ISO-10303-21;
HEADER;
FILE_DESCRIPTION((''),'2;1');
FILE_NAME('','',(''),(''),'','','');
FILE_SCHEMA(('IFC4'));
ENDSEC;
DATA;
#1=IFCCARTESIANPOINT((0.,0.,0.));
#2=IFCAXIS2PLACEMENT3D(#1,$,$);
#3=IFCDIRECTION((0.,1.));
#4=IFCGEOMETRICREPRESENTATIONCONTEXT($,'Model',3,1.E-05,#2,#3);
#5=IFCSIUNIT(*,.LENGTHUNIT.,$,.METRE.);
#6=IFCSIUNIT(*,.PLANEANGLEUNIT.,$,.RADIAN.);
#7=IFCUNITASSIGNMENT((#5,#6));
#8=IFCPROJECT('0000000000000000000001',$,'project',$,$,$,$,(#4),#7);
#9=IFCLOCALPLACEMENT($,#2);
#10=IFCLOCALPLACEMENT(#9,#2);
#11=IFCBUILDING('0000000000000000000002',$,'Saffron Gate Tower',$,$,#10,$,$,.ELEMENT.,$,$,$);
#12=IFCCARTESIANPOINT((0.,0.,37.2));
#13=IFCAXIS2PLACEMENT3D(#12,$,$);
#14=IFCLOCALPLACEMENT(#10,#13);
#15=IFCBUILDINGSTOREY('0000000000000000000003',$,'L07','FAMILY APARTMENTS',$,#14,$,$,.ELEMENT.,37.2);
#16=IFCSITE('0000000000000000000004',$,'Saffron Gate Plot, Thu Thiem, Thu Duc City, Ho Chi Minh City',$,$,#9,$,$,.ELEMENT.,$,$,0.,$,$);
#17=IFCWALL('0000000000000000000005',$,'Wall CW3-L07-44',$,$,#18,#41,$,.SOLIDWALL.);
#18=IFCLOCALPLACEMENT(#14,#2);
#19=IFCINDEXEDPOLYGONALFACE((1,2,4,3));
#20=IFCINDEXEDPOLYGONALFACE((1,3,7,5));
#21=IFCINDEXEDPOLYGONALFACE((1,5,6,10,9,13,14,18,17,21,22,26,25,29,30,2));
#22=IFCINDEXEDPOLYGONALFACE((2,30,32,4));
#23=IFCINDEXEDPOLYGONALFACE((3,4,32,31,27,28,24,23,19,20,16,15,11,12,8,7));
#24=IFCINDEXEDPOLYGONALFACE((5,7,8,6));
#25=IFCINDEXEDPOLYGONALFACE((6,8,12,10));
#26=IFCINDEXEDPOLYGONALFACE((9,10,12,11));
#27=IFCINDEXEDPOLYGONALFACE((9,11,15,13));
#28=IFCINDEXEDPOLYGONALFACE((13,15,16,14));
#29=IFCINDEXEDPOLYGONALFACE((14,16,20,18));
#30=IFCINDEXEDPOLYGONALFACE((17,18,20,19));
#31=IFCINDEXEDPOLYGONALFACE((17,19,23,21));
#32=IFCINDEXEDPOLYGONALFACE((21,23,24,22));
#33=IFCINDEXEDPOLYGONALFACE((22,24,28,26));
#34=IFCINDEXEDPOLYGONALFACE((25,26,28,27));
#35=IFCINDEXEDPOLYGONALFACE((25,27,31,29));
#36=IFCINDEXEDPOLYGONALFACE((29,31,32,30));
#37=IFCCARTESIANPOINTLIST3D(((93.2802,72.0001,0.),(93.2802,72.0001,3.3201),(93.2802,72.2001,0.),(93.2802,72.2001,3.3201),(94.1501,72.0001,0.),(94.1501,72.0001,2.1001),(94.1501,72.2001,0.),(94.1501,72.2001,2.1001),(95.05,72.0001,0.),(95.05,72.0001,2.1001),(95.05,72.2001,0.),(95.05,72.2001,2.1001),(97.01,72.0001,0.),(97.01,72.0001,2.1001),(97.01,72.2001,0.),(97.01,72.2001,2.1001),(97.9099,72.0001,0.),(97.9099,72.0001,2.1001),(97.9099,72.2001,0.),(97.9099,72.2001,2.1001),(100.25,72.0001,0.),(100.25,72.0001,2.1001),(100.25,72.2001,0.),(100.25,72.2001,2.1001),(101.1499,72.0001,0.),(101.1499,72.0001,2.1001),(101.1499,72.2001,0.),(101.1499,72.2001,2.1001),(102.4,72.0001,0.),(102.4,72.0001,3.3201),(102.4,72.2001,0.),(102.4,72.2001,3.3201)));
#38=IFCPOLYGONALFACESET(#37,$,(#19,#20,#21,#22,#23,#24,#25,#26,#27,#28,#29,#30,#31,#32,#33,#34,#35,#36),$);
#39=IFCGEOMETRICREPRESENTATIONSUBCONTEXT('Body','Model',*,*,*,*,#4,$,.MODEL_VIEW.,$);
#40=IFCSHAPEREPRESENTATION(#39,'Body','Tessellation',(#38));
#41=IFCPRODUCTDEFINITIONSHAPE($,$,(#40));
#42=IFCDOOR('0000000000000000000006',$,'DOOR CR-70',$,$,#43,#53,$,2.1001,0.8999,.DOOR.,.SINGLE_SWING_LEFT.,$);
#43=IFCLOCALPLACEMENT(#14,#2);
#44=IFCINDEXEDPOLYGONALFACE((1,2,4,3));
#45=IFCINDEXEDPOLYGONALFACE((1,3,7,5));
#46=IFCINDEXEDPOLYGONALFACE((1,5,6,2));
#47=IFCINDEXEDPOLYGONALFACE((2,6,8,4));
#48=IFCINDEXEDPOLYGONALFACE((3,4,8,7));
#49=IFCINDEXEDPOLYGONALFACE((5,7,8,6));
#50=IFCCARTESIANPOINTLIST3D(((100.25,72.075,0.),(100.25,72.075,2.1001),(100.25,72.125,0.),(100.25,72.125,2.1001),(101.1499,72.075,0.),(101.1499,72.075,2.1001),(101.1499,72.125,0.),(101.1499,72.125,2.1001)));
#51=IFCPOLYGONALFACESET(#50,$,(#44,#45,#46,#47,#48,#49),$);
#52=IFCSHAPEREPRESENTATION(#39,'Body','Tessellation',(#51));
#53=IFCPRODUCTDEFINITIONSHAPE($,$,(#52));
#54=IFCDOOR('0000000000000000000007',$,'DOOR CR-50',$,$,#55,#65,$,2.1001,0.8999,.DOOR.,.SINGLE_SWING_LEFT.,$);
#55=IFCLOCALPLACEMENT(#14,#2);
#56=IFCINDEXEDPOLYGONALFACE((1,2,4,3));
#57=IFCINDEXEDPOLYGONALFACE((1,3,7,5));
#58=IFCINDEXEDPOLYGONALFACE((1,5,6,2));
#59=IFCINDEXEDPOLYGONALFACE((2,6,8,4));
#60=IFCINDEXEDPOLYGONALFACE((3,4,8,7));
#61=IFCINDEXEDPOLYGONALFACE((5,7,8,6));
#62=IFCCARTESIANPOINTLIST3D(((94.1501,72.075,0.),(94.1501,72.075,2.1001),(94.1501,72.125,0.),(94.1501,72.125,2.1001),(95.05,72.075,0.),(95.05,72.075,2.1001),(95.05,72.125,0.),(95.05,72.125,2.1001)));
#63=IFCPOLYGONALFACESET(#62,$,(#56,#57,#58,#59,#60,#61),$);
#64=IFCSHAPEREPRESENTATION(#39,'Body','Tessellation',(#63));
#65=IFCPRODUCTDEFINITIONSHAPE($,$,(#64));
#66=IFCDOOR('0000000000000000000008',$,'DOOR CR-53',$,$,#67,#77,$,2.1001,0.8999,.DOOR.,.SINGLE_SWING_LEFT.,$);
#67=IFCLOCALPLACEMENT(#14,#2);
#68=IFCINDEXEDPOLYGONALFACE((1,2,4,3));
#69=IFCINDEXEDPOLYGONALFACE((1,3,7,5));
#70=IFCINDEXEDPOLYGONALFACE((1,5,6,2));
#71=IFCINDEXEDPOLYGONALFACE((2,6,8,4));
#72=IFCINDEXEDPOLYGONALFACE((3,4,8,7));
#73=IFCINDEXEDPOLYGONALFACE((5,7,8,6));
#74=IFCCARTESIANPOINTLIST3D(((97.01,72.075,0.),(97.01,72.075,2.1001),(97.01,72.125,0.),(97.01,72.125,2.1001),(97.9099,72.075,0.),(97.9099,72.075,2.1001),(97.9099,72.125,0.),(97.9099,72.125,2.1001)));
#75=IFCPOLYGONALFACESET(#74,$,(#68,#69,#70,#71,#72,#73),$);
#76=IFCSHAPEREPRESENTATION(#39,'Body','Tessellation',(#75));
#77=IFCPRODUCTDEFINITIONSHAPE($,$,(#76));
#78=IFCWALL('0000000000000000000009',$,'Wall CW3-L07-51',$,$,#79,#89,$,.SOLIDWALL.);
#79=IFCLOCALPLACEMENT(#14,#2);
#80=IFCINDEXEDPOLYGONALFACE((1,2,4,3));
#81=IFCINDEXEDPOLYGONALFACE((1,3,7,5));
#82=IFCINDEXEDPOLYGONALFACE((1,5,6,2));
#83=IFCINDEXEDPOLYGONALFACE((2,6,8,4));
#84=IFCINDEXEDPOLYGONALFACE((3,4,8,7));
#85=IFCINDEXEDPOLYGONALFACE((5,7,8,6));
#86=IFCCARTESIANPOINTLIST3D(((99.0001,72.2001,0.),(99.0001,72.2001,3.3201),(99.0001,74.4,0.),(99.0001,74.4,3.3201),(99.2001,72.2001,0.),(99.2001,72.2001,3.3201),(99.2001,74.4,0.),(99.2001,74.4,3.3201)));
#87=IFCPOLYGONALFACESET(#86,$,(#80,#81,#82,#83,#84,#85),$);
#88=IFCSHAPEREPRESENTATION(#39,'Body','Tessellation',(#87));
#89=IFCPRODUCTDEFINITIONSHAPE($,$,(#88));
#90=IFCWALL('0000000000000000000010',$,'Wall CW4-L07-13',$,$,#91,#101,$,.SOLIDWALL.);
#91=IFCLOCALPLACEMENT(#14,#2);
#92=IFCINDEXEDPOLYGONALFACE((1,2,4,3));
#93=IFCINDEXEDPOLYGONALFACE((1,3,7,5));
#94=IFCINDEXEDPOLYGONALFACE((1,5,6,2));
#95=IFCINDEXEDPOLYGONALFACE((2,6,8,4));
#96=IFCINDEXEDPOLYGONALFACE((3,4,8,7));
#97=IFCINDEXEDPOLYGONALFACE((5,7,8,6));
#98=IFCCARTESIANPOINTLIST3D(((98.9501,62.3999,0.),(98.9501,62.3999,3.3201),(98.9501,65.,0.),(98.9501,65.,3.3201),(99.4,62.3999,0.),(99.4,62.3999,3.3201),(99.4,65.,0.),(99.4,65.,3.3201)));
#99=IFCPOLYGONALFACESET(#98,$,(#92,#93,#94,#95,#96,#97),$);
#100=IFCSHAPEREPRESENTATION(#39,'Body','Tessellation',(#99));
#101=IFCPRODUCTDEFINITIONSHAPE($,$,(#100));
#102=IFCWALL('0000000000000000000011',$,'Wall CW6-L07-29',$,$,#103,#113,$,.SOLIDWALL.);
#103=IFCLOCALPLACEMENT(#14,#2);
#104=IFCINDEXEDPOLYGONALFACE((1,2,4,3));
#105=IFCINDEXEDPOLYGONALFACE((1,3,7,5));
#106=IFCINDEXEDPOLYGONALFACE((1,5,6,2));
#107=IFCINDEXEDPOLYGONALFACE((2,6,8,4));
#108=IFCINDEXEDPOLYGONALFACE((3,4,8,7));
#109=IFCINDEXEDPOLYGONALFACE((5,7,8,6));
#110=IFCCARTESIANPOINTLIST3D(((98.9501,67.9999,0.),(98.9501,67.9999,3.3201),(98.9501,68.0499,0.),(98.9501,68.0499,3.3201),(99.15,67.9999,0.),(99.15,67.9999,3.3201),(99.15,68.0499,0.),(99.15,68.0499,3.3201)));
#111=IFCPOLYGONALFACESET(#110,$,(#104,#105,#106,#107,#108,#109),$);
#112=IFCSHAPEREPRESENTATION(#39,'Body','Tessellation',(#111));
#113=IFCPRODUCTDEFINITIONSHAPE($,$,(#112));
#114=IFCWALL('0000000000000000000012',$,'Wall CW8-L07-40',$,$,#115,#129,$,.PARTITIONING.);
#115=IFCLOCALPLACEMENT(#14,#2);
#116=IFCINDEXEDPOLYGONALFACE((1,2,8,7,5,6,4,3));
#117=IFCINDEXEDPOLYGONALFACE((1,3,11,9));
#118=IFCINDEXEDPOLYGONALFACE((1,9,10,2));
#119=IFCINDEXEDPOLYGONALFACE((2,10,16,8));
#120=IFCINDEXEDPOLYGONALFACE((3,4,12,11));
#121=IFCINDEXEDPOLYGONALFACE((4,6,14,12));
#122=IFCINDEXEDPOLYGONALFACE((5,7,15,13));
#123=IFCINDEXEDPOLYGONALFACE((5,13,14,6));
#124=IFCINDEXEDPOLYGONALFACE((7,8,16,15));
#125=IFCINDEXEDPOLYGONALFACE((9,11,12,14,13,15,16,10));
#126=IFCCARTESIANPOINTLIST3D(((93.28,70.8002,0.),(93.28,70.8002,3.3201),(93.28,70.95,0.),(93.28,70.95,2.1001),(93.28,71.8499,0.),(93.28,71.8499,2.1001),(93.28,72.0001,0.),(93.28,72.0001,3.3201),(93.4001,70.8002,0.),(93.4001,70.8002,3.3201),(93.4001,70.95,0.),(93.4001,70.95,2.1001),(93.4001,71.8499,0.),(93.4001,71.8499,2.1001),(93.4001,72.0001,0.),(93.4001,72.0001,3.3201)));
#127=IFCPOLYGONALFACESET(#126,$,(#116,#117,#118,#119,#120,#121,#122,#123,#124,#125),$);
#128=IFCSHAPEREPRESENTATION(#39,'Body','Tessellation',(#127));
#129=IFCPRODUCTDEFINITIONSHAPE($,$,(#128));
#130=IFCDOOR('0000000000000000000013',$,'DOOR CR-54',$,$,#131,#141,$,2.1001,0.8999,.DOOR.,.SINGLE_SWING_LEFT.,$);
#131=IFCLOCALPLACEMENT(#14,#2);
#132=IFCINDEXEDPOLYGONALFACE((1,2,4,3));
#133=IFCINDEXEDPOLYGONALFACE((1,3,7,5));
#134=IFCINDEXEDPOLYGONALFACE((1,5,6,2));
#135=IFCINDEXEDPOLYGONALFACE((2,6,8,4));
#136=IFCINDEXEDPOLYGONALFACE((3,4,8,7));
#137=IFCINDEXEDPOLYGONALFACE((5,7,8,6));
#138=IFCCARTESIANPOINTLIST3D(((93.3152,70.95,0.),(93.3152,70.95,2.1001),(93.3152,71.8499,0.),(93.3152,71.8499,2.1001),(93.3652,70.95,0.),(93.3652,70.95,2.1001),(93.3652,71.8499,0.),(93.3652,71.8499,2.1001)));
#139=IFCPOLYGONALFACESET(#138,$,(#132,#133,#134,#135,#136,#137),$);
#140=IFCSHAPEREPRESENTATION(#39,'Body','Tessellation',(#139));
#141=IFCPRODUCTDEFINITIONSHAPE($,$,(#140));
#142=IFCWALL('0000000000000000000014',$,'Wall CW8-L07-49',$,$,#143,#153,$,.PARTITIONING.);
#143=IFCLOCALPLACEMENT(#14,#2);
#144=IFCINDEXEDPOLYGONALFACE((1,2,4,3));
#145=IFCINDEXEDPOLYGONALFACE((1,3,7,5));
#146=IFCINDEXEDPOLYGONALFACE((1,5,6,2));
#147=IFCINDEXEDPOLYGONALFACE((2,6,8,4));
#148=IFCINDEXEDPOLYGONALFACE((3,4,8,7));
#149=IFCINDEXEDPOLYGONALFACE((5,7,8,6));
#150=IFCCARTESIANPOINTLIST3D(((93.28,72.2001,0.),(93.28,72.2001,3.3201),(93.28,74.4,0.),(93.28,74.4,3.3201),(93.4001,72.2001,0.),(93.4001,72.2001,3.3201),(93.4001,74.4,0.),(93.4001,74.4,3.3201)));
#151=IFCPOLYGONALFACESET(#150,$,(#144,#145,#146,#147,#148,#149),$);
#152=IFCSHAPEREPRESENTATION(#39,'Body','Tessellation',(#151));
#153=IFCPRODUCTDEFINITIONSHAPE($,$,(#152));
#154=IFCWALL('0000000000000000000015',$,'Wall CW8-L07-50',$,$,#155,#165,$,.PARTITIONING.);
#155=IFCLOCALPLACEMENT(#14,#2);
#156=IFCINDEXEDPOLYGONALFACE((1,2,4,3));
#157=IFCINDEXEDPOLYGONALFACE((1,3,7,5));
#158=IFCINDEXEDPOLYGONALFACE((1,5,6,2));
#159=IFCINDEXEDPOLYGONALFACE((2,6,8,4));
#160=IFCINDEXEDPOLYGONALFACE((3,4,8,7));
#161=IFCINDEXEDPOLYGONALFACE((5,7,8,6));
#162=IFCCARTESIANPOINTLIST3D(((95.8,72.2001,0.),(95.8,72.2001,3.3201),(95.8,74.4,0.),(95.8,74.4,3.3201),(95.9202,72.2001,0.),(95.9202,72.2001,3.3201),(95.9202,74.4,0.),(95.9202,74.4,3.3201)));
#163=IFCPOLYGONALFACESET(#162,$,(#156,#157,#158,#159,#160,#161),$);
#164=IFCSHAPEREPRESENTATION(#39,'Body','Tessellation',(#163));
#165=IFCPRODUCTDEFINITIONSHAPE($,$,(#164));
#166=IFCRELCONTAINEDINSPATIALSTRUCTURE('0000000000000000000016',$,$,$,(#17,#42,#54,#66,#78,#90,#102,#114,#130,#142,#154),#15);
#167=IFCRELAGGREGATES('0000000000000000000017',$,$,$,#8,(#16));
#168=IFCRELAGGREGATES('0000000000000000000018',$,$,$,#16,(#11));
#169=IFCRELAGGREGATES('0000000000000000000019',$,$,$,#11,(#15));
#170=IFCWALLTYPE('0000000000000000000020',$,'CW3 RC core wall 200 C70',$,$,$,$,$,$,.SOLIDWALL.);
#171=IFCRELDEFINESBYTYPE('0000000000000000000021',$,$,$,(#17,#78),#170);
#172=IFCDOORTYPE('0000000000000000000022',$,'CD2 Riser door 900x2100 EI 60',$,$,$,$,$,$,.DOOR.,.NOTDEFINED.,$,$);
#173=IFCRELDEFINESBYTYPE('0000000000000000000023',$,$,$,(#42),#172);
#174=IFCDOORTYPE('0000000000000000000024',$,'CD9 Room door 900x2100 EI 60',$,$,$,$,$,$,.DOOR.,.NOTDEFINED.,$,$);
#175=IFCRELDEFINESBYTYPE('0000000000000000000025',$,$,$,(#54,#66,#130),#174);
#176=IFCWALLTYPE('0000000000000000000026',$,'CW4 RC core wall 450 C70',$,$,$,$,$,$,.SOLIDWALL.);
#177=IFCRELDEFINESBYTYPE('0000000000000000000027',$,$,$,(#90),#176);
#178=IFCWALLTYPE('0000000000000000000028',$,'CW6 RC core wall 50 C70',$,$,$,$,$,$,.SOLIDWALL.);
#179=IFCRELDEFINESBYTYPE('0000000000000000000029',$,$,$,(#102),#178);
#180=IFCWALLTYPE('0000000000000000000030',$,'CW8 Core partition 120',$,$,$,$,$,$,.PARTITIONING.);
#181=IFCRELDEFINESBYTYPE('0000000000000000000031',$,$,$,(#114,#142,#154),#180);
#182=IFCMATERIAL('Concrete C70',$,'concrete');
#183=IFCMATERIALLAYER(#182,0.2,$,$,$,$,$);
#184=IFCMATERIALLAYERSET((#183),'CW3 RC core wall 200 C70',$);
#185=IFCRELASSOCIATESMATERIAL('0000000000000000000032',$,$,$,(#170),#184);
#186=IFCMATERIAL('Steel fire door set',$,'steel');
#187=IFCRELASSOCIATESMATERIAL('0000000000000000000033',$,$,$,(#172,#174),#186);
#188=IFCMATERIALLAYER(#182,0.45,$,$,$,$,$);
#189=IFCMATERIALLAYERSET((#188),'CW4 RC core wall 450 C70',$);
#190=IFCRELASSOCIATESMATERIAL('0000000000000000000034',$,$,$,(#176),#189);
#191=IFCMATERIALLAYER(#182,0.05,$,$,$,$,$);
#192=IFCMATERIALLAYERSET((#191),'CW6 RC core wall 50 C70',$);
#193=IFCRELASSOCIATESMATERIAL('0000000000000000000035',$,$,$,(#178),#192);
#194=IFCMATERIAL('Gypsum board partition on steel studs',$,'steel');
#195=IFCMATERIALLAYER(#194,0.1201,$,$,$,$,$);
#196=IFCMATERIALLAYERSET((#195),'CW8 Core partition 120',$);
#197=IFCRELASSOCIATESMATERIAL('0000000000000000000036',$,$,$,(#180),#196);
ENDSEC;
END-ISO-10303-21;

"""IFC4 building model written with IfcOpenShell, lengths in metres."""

from ifc_helpers import new_model, si_unit, direction, frame, frame_2d, origin, place, context, subcontext, project, spatial, rectangle, extrude, material, layer, layer_set, type_object, element, fill, save


model = new_model("IFC4")

# Units and contexts
model_context = context("Model", 3, precision=1e-05, world=origin(), true_north=direction((0.0, 1.0)))
body_context = subcontext(model_context, "Body", "Model", "MODEL_VIEW")
ifc_project = project(units=[si_unit("LENGTHUNIT", "METRE"), si_unit("PLANEANGLEUNIT", "RADIAN")], contexts=[model_context])

# Site, building, storey
site_placement = place(None, origin())
site = spatial("IfcSite", under=ifc_project, at=site_placement, Name="Saffron Gate Plot, Thu Thiem, Thu Duc City, Ho Chi Minh City", CompositionType="ELEMENT", RefElevation=0.0)
building_placement = place(site_placement, origin())
building = spatial("IfcBuilding", under=site, at=building_placement, Name="Saffron Gate Tower", CompositionType="ELEMENT")
storey_placement = place(building_placement, frame((0.0, 0.0, 37.2)))
storey = spatial("IfcBuildingStorey", under=building, at=storey_placement, Name="L07", Description="FAMILY APARTMENTS", CompositionType="ELEMENT", Elevation=37.2)

# Shared definitions
ifc_material_1 = material(Name="Concrete C70", Category="concrete")
ifc_material_2 = material(Name="Steel fire door set", Category="steel")

# Shared definitions
ifc_layer_1 = layer(ifc_material_1, 0.2)
ifc_layer_set_1 = layer_set([ifc_layer_1], Name="CW3 RC core wall 200 C70")
wall_type_1 = type_object("IfcWallType", Name="CW3 RC core wall 200 C70", PredefinedType="SOLIDWALL", material=ifc_layer_set_1)

# Wall, openings, doors
wall_1_placement = place(storey_placement, frame((93.28, 72.1001, 0.0), z_axis=(0.0, 0.0, 1.0), x_axis=(1.0, 0.0, 0.0)))
wall_1 = element("IfcWall", 1, at=wall_1_placement, inside=storey, type_object=wall_type_1, Name="Wall CW3-L07-44", PredefinedType="SOLIDWALL", context=body_context, shape_type="SweptSolid", body=[
    extrude(rectangle(XDim=9.1199, YDim=0.2, at=frame_2d((4.5601, 0.0))), origin(), (0.0, 0.0, 1.0), 3.3201),
])
opening_1_placement = place(wall_1_placement, frame((0.8701, 0.0, 0.0)))
opening_1 = element("IfcOpeningElement", 2, at=opening_1_placement, cuts=wall_1, PredefinedType="OPENING", context=body_context, shape_type="SweptSolid", body=[
    extrude(rectangle(XDim=0.8999, YDim=2.1001, at=frame_2d((0.45, 1.05))), frame((0.0, 0.1099, 0.0), z_axis=(0.0, -1.0, 0.0), x_axis=(1.0, 0.0, 0.0)), (0.0, 0.0, 1.0), 0.22),
])
opening_2_placement = place(wall_1_placement, frame((3.73, 0.0, 0.0)))
opening_2 = element("IfcOpeningElement", 3, at=opening_2_placement, cuts=wall_1, PredefinedType="OPENING", context=body_context, shape_type="SweptSolid", body=[
    extrude(rectangle(XDim=0.8999, YDim=2.1001, at=frame_2d((0.45, 1.05))), frame((0.0, 0.1099, 0.0), z_axis=(0.0, -1.0, 0.0), x_axis=(1.0, 0.0, 0.0)), (0.0, 0.0, 1.0), 0.22),
])
opening_3_placement = place(wall_1_placement, frame((6.97, 0.0, 0.0)))
opening_3 = element("IfcOpeningElement", 4, at=opening_3_placement, cuts=wall_1, PredefinedType="OPENING", context=body_context, shape_type="SweptSolid", body=[
    extrude(rectangle(XDim=0.8999, YDim=2.1001, at=frame_2d((0.45, 1.05))), frame((0.0, 0.1099, 0.0), z_axis=(0.0, -1.0, 0.0), x_axis=(1.0, 0.0, 0.0)), (0.0, 0.0, 1.0), 0.22),
])
door_type_1 = type_object("IfcDoorType", Name="CD2 Riser door 900x2100 EI 60", OperationType="NOTDEFINED", PredefinedType="DOOR", material=ifc_material_2)
door_1_placement = place(opening_3_placement, origin())
door_1 = element("IfcDoor", 5, at=door_1_placement, inside=storey, type_object=door_type_1, Name="DOOR CR-70", OperationType="SINGLE_SWING_LEFT", OverallHeight=2.1001, OverallWidth=0.8999, PredefinedType="DOOR", context=body_context, shape_type="SweptSolid", body=[
    extrude(rectangle(XDim=0.8999, YDim=2.1001, at=frame_2d((0.45, 1.05))), frame((0.0, 0.0249, 0.0), z_axis=(0.0, -1.0, 0.0), x_axis=(1.0, 0.0, 0.0)), (0.0, 0.0, 1.0), 0.05),
])
fill(opening_3, door_1)
door_type_2 = type_object("IfcDoorType", Name="CD9 Room door 900x2100 EI 60", OperationType="NOTDEFINED", PredefinedType="DOOR", material=ifc_material_2)
door_2_placement = place(opening_1_placement, origin())
door_2 = element("IfcDoor", 6, at=door_2_placement, inside=storey, type_object=door_type_2, Name="DOOR CR-50", OperationType="SINGLE_SWING_LEFT", OverallHeight=2.1001, OverallWidth=0.8999, PredefinedType="DOOR", context=body_context, shape_type="SweptSolid", body=[
    extrude(rectangle(XDim=0.8999, YDim=2.1001, at=frame_2d((0.45, 1.05))), frame((0.0, 0.0249, 0.0), z_axis=(0.0, -1.0, 0.0), x_axis=(1.0, 0.0, 0.0)), (0.0, 0.0, 1.0), 0.05),
])
fill(opening_1, door_2)
door_3_placement = place(opening_2_placement, origin())
door_3 = element("IfcDoor", 7, at=door_3_placement, inside=storey, type_object=door_type_2, Name="DOOR CR-53", OperationType="SINGLE_SWING_LEFT", OverallHeight=2.1001, OverallWidth=0.8999, PredefinedType="DOOR", context=body_context, shape_type="SweptSolid", body=[
    extrude(rectangle(XDim=0.8999, YDim=2.1001, at=frame_2d((0.45, 1.05))), frame((0.0, 0.0249, 0.0), z_axis=(0.0, -1.0, 0.0), x_axis=(1.0, 0.0, 0.0)), (0.0, 0.0, 1.0), 0.05),
])
fill(opening_2, door_3)

# Walls
wall_2_placement = place(storey_placement, frame((99.1001, 72.2, 0.0), z_axis=(0.0, 0.0, 1.0), x_axis=(0.0, 1.0, 0.0)))
element("IfcWall", 8, at=wall_2_placement, inside=storey, type_object=wall_type_1, Name="Wall CW3-L07-51", PredefinedType="SOLIDWALL", context=body_context, shape_type="SweptSolid", body=[
    extrude(rectangle(XDim=2.2, YDim=0.2, at=frame_2d((1.1001, 0.0))), origin(), (0.0, 0.0, 1.0), 3.3201),
])
ifc_layer_2 = layer(ifc_material_1, 0.45)
ifc_layer_set_2 = layer_set([ifc_layer_2], Name="CW4 RC core wall 450 C70")
wall_type_2 = type_object("IfcWallType", Name="CW4 RC core wall 450 C70", PredefinedType="SOLIDWALL", material=ifc_layer_set_2)
wall_3_placement = place(storey_placement, frame((99.175, 62.3999, 0.0), z_axis=(0.0, 0.0, 1.0), x_axis=(0.0, 1.0, 0.0)))
element("IfcWall", 9, at=wall_3_placement, inside=storey, type_object=wall_type_2, Name="Wall CW4-L07-13", PredefinedType="SOLIDWALL", context=body_context, shape_type="SweptSolid", body=[
    extrude(rectangle(XDim=2.6001, YDim=0.45, at=frame_2d((1.3, 0.0))), origin(), (0.0, 0.0, 1.0), 3.3201),
])
ifc_layer_3 = layer(ifc_material_1, 0.05)
ifc_layer_set_3 = layer_set([ifc_layer_3], Name="CW6 RC core wall 50 C70")
wall_type_3 = type_object("IfcWallType", Name="CW6 RC core wall 50 C70", PredefinedType="SOLIDWALL", material=ifc_layer_set_3)
wall_4_placement = place(storey_placement, frame((98.95, 68.0249, 0.0), z_axis=(0.0, 0.0, 1.0), x_axis=(1.0, 0.0, 0.0)))
element("IfcWall", 10, at=wall_4_placement, inside=storey, type_object=wall_type_3, Name="Wall CW6-L07-29", PredefinedType="SOLIDWALL", context=body_context, shape_type="SweptSolid", body=[
    extrude(rectangle(XDim=0.2, YDim=0.05, at=frame_2d((0.1001, 0.0))), origin(), (0.0, 0.0, 1.0), 3.3201),
])

# Wall, opening, door
ifc_material_3 = material(Name="Gypsum board partition on steel studs", Category="steel")
ifc_layer_4 = layer(ifc_material_3, 0.1201)
ifc_layer_set_4 = layer_set([ifc_layer_4], Name="CW8 Core partition 120")
wall_type_4 = type_object("IfcWallType", Name="CW8 Core partition 120", PredefinedType="PARTITIONING", material=ifc_layer_set_4)
wall_5_placement = place(storey_placement, frame((93.3401, 70.8, 0.0), z_axis=(0.0, 0.0, 1.0), x_axis=(0.0, 1.0, 0.0)))
wall_5 = element("IfcWall", 11, at=wall_5_placement, inside=storey, type_object=wall_type_4, Name="Wall CW8-L07-40", PredefinedType="PARTITIONING", context=body_context, shape_type="SweptSolid", body=[
    extrude(rectangle(XDim=1.2, YDim=0.1201, at=frame_2d((0.6001, 0.0))), origin(), (0.0, 0.0, 1.0), 3.3201),
])
opening_4_placement = place(wall_5_placement, frame((0.1499, 0.0, 0.0)))
opening_4 = element("IfcOpeningElement", 12, at=opening_4_placement, cuts=wall_5, PredefinedType="OPENING", context=body_context, shape_type="SweptSolid", body=[
    extrude(rectangle(XDim=0.8999, YDim=2.1001, at=frame_2d((0.45, 1.05))), frame((0.0, 0.0701, 0.0), z_axis=(0.0, -1.0, 0.0), x_axis=(1.0, 0.0, 0.0)), (0.0, 0.0, 1.0), 0.1401),
])
door_4_placement = place(opening_4_placement, origin())
door_4 = element("IfcDoor", 13, at=door_4_placement, inside=storey, type_object=door_type_2, Name="DOOR CR-54", OperationType="SINGLE_SWING_LEFT", OverallHeight=2.1001, OverallWidth=0.8999, PredefinedType="DOOR", context=body_context, shape_type="SweptSolid", body=[
    extrude(rectangle(XDim=0.8999, YDim=2.1001, at=frame_2d((0.45, 1.05))), frame((0.0, 0.0249, 0.0), z_axis=(0.0, -1.0, 0.0), x_axis=(1.0, 0.0, 0.0)), (0.0, 0.0, 1.0), 0.05),
])
fill(opening_4, door_4)

# Walls
for number, where, z_axis, x_axis, name in (
    (14, (93.3401, 72.2, 0.0), (0.0, 0.0, 1.0), (0.0, 1.0, 0.0), "Wall CW8-L07-49"),
    (15, (95.8601, 72.2, 0.0), (0.0, 0.0, 1.0), (0.0, 1.0, 0.0), "Wall CW8-L07-50"),
):
    element("IfcWall", number, at=place(storey_placement, frame(where, z_axis=z_axis, x_axis=x_axis)), inside=storey, type_object=wall_type_4, Name=name, PredefinedType="PARTITIONING", context=body_context, shape_type="SweptSolid", body=[
        extrude(rectangle(XDim=2.2, YDim=0.1201, at=frame_2d((1.1001, 0.0))), origin(), (0.0, 0.0, 1.0), 3.3201),
    ])

save(model, "model.ifc")
